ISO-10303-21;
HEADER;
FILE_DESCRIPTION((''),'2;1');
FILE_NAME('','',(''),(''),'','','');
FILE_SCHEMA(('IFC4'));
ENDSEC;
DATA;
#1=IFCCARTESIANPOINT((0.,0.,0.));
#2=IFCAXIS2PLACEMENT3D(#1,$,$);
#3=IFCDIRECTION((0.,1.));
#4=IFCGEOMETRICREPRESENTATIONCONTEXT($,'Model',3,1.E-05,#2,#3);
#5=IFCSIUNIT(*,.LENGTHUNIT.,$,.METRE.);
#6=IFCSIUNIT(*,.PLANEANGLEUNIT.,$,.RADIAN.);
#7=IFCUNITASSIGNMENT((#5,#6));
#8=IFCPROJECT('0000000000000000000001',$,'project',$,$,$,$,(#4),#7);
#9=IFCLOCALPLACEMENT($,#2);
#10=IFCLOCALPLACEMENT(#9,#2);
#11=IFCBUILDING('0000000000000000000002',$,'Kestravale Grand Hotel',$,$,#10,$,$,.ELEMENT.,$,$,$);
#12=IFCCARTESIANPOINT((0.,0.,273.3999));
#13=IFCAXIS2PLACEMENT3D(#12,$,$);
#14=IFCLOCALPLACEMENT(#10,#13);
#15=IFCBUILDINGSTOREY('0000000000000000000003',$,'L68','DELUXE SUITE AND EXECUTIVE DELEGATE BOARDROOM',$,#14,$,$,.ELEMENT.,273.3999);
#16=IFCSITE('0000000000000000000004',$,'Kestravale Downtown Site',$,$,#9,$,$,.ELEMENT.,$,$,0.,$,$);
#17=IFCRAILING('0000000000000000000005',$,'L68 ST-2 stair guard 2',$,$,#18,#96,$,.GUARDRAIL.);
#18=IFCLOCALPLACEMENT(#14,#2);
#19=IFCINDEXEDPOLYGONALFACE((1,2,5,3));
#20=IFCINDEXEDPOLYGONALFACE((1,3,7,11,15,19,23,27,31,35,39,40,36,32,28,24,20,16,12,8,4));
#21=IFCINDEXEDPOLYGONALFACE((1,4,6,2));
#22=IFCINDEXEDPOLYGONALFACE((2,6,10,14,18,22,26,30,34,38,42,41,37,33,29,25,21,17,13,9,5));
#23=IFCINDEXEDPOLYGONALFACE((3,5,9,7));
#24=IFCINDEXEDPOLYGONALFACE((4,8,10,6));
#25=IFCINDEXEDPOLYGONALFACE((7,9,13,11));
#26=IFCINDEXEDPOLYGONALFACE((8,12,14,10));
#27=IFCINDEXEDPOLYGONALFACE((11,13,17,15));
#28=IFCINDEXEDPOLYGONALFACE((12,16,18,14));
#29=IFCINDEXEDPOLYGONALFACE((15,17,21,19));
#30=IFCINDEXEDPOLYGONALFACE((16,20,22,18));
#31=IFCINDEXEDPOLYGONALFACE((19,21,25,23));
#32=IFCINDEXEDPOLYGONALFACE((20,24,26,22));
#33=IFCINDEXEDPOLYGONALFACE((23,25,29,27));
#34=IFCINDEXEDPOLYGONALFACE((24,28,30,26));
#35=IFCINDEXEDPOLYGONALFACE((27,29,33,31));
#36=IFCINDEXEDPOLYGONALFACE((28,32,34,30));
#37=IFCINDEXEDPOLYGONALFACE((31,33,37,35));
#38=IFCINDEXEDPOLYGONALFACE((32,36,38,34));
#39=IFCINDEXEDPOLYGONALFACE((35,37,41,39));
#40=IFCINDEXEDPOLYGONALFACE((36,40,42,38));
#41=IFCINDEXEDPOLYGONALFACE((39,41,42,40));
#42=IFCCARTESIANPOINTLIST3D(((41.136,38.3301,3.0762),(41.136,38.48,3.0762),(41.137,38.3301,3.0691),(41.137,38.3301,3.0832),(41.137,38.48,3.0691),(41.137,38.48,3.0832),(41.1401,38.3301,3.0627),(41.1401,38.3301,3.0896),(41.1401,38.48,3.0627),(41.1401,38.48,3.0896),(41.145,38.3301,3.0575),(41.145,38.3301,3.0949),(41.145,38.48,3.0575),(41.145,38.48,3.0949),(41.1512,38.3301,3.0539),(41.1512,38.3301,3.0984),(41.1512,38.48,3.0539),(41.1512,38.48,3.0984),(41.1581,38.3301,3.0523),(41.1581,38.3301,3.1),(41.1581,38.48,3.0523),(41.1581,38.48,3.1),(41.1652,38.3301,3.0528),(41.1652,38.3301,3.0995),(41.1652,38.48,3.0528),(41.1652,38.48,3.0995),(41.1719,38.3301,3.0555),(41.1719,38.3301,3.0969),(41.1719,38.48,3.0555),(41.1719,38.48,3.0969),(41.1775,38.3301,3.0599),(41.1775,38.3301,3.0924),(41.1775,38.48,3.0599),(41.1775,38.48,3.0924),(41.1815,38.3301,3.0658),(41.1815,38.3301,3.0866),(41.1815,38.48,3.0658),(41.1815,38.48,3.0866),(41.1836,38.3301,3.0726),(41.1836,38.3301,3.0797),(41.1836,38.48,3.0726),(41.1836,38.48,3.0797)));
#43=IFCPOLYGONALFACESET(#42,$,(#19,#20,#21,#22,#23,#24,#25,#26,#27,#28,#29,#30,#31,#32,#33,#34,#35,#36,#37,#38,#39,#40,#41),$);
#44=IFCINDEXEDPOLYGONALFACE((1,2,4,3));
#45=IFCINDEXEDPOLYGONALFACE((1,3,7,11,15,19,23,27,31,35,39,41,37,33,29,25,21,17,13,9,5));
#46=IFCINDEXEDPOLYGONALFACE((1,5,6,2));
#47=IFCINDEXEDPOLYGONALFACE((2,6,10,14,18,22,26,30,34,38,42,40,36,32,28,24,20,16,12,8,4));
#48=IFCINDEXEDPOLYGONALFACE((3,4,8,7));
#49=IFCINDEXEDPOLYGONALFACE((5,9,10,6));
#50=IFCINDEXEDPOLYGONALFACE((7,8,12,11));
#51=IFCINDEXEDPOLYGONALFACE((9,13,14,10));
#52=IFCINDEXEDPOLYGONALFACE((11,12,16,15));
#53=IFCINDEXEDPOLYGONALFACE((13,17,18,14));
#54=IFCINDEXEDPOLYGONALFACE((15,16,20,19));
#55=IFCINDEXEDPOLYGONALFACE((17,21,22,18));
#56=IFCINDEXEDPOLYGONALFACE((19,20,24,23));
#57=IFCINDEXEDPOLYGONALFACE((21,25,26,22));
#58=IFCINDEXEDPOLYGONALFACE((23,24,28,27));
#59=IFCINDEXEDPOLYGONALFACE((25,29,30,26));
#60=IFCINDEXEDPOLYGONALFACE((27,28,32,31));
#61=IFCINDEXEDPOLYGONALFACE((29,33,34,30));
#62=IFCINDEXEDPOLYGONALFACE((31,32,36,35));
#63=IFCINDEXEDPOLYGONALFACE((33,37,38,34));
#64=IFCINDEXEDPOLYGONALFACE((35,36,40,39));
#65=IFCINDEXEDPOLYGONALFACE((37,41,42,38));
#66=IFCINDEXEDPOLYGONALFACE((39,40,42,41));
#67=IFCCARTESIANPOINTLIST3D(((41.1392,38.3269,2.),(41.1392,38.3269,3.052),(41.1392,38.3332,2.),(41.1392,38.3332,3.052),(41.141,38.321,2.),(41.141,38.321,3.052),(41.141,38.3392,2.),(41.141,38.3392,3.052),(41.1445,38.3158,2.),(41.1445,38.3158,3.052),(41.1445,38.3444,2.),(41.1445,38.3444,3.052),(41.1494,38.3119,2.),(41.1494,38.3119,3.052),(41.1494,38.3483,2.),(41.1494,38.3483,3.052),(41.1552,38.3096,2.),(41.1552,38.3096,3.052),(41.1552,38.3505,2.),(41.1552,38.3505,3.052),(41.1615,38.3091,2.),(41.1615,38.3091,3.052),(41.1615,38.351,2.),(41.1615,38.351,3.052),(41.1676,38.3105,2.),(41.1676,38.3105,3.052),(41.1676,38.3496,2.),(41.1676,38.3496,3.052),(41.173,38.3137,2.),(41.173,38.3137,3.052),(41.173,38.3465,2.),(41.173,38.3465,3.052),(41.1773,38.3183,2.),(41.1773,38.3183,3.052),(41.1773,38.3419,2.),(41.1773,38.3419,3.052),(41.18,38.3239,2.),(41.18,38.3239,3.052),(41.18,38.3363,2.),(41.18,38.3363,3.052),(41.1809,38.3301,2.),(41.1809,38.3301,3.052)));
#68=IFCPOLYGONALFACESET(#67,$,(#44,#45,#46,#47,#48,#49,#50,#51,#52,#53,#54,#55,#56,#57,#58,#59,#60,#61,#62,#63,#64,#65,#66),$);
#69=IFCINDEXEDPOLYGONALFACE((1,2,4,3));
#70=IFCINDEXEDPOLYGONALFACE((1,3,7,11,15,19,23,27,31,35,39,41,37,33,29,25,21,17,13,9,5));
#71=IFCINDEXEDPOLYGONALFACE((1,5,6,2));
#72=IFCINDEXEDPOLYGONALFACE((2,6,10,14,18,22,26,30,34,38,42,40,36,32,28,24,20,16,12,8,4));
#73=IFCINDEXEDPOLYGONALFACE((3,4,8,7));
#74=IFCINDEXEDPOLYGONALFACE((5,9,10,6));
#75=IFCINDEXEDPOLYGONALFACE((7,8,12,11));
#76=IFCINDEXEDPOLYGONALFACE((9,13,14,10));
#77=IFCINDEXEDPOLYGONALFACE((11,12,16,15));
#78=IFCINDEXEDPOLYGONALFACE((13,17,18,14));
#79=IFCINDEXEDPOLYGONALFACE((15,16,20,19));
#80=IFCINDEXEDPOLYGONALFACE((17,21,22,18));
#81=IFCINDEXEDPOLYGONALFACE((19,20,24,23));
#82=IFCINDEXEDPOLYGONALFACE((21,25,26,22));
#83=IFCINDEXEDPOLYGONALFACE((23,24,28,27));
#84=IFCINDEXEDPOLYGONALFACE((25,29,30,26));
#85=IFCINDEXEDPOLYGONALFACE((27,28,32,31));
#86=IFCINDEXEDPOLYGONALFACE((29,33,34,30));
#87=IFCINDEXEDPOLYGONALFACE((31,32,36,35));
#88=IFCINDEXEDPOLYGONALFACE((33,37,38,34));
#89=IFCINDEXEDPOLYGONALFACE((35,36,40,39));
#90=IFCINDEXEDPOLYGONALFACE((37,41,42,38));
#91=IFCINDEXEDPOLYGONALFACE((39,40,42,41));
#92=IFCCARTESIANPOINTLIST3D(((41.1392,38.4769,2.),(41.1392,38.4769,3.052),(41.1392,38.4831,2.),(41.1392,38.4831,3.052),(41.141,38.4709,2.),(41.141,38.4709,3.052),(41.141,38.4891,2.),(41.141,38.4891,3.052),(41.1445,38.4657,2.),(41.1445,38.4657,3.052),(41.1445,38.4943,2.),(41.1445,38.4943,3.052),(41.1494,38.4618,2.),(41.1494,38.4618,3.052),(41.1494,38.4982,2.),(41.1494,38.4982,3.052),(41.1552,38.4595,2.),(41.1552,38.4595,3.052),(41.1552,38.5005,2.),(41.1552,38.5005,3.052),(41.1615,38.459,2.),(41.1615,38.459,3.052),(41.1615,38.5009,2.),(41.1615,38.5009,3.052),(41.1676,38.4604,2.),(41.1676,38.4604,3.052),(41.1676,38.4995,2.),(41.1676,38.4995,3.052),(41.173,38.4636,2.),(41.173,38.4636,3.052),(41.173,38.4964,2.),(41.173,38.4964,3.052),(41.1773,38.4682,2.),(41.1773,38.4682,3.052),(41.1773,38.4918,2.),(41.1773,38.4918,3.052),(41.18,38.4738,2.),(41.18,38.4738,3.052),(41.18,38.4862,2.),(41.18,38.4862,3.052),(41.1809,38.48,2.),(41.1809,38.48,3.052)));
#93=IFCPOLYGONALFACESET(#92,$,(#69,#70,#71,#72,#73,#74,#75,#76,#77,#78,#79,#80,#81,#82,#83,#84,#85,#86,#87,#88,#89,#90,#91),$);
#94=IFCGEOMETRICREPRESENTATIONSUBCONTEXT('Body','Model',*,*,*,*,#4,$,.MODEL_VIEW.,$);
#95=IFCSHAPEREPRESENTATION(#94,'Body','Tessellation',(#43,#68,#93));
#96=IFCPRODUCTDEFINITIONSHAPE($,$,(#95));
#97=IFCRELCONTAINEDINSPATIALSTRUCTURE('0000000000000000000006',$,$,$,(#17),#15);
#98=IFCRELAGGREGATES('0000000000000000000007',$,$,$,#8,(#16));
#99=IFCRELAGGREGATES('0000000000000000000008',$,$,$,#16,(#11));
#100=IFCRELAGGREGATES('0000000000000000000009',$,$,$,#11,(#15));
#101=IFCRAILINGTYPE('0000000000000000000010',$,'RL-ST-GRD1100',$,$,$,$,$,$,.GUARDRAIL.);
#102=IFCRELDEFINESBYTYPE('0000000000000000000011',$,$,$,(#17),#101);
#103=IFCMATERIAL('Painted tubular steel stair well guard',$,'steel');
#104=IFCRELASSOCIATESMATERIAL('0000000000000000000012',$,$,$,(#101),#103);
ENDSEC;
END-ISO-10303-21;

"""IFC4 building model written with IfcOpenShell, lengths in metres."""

from ifc_helpers import new_model, si_unit, direction, frame, origin, origin_2d, place, context, subcontext, project, spatial, circle, extrude, material, type_object, element, save


model = new_model("IFC4")

# Units and contexts
model_context = context("Model", 3, precision=1e-05, world=origin(), true_north=direction((0.0, 1.0)))
body_context = subcontext(model_context, "Body", "Model", "MODEL_VIEW")
ifc_project = project(units=[si_unit("LENGTHUNIT", "METRE"), si_unit("PLANEANGLEUNIT", "RADIAN")], contexts=[model_context])

# Site, building, storey
site_placement = place(None, origin())
site = spatial("IfcSite", under=ifc_project, at=site_placement, Name="Kestravale Downtown Site", CompositionType="ELEMENT", RefElevation=0.0)
building_placement = place(site_placement, origin())
building = spatial("IfcBuilding", under=site, at=building_placement, Name="Kestravale Grand Hotel", CompositionType="ELEMENT")
storey_placement = place(building_placement, frame((0.0, 0.0, 273.3999)))
storey = spatial("IfcBuildingStorey", under=building, at=storey_placement, Name="L68", Description="DELUXE SUITE AND EXECUTIVE DELEGATE BOARDROOM", CompositionType="ELEMENT", Elevation=273.3999)

# Railing
ifc_material_1 = material(Name="Painted tubular steel stair well guard", Category="steel")
railing_type_1 = type_object("IfcRailingType", Name="RL-ST-GRD1100", PredefinedType="GUARDRAIL", material=ifc_material_1)
railing_1_placement = place(storey_placement, frame((41.1599, 38.3301, 2.0)))
element("IfcRailing", 1, at=railing_1_placement, inside=storey, type_object=railing_type_1, Name="L68 ST-2 stair guard 2", PredefinedType="GUARDRAIL", context=body_context, shape_type="SweptSolid", body=[
    extrude(circle(Radius=0.0239, at=origin_2d()), frame((0.0, 0.0, 1.0762), z_axis=(0.0, 1.0, 0.0), x_axis=(-1.0, 0.0, 0.0)), (0.0, 0.0, 1.0), 0.1499),
    extrude(circle(Radius=0.021, at=origin_2d()), origin(), (0.0, 0.0, 1.0), 1.052),
    extrude(circle(Radius=0.021, at=origin_2d()), frame((0.0, 0.1499, 0.0)), (0.0, 0.0, 1.0), 1.052),
])

save(model, "model.ifc")
